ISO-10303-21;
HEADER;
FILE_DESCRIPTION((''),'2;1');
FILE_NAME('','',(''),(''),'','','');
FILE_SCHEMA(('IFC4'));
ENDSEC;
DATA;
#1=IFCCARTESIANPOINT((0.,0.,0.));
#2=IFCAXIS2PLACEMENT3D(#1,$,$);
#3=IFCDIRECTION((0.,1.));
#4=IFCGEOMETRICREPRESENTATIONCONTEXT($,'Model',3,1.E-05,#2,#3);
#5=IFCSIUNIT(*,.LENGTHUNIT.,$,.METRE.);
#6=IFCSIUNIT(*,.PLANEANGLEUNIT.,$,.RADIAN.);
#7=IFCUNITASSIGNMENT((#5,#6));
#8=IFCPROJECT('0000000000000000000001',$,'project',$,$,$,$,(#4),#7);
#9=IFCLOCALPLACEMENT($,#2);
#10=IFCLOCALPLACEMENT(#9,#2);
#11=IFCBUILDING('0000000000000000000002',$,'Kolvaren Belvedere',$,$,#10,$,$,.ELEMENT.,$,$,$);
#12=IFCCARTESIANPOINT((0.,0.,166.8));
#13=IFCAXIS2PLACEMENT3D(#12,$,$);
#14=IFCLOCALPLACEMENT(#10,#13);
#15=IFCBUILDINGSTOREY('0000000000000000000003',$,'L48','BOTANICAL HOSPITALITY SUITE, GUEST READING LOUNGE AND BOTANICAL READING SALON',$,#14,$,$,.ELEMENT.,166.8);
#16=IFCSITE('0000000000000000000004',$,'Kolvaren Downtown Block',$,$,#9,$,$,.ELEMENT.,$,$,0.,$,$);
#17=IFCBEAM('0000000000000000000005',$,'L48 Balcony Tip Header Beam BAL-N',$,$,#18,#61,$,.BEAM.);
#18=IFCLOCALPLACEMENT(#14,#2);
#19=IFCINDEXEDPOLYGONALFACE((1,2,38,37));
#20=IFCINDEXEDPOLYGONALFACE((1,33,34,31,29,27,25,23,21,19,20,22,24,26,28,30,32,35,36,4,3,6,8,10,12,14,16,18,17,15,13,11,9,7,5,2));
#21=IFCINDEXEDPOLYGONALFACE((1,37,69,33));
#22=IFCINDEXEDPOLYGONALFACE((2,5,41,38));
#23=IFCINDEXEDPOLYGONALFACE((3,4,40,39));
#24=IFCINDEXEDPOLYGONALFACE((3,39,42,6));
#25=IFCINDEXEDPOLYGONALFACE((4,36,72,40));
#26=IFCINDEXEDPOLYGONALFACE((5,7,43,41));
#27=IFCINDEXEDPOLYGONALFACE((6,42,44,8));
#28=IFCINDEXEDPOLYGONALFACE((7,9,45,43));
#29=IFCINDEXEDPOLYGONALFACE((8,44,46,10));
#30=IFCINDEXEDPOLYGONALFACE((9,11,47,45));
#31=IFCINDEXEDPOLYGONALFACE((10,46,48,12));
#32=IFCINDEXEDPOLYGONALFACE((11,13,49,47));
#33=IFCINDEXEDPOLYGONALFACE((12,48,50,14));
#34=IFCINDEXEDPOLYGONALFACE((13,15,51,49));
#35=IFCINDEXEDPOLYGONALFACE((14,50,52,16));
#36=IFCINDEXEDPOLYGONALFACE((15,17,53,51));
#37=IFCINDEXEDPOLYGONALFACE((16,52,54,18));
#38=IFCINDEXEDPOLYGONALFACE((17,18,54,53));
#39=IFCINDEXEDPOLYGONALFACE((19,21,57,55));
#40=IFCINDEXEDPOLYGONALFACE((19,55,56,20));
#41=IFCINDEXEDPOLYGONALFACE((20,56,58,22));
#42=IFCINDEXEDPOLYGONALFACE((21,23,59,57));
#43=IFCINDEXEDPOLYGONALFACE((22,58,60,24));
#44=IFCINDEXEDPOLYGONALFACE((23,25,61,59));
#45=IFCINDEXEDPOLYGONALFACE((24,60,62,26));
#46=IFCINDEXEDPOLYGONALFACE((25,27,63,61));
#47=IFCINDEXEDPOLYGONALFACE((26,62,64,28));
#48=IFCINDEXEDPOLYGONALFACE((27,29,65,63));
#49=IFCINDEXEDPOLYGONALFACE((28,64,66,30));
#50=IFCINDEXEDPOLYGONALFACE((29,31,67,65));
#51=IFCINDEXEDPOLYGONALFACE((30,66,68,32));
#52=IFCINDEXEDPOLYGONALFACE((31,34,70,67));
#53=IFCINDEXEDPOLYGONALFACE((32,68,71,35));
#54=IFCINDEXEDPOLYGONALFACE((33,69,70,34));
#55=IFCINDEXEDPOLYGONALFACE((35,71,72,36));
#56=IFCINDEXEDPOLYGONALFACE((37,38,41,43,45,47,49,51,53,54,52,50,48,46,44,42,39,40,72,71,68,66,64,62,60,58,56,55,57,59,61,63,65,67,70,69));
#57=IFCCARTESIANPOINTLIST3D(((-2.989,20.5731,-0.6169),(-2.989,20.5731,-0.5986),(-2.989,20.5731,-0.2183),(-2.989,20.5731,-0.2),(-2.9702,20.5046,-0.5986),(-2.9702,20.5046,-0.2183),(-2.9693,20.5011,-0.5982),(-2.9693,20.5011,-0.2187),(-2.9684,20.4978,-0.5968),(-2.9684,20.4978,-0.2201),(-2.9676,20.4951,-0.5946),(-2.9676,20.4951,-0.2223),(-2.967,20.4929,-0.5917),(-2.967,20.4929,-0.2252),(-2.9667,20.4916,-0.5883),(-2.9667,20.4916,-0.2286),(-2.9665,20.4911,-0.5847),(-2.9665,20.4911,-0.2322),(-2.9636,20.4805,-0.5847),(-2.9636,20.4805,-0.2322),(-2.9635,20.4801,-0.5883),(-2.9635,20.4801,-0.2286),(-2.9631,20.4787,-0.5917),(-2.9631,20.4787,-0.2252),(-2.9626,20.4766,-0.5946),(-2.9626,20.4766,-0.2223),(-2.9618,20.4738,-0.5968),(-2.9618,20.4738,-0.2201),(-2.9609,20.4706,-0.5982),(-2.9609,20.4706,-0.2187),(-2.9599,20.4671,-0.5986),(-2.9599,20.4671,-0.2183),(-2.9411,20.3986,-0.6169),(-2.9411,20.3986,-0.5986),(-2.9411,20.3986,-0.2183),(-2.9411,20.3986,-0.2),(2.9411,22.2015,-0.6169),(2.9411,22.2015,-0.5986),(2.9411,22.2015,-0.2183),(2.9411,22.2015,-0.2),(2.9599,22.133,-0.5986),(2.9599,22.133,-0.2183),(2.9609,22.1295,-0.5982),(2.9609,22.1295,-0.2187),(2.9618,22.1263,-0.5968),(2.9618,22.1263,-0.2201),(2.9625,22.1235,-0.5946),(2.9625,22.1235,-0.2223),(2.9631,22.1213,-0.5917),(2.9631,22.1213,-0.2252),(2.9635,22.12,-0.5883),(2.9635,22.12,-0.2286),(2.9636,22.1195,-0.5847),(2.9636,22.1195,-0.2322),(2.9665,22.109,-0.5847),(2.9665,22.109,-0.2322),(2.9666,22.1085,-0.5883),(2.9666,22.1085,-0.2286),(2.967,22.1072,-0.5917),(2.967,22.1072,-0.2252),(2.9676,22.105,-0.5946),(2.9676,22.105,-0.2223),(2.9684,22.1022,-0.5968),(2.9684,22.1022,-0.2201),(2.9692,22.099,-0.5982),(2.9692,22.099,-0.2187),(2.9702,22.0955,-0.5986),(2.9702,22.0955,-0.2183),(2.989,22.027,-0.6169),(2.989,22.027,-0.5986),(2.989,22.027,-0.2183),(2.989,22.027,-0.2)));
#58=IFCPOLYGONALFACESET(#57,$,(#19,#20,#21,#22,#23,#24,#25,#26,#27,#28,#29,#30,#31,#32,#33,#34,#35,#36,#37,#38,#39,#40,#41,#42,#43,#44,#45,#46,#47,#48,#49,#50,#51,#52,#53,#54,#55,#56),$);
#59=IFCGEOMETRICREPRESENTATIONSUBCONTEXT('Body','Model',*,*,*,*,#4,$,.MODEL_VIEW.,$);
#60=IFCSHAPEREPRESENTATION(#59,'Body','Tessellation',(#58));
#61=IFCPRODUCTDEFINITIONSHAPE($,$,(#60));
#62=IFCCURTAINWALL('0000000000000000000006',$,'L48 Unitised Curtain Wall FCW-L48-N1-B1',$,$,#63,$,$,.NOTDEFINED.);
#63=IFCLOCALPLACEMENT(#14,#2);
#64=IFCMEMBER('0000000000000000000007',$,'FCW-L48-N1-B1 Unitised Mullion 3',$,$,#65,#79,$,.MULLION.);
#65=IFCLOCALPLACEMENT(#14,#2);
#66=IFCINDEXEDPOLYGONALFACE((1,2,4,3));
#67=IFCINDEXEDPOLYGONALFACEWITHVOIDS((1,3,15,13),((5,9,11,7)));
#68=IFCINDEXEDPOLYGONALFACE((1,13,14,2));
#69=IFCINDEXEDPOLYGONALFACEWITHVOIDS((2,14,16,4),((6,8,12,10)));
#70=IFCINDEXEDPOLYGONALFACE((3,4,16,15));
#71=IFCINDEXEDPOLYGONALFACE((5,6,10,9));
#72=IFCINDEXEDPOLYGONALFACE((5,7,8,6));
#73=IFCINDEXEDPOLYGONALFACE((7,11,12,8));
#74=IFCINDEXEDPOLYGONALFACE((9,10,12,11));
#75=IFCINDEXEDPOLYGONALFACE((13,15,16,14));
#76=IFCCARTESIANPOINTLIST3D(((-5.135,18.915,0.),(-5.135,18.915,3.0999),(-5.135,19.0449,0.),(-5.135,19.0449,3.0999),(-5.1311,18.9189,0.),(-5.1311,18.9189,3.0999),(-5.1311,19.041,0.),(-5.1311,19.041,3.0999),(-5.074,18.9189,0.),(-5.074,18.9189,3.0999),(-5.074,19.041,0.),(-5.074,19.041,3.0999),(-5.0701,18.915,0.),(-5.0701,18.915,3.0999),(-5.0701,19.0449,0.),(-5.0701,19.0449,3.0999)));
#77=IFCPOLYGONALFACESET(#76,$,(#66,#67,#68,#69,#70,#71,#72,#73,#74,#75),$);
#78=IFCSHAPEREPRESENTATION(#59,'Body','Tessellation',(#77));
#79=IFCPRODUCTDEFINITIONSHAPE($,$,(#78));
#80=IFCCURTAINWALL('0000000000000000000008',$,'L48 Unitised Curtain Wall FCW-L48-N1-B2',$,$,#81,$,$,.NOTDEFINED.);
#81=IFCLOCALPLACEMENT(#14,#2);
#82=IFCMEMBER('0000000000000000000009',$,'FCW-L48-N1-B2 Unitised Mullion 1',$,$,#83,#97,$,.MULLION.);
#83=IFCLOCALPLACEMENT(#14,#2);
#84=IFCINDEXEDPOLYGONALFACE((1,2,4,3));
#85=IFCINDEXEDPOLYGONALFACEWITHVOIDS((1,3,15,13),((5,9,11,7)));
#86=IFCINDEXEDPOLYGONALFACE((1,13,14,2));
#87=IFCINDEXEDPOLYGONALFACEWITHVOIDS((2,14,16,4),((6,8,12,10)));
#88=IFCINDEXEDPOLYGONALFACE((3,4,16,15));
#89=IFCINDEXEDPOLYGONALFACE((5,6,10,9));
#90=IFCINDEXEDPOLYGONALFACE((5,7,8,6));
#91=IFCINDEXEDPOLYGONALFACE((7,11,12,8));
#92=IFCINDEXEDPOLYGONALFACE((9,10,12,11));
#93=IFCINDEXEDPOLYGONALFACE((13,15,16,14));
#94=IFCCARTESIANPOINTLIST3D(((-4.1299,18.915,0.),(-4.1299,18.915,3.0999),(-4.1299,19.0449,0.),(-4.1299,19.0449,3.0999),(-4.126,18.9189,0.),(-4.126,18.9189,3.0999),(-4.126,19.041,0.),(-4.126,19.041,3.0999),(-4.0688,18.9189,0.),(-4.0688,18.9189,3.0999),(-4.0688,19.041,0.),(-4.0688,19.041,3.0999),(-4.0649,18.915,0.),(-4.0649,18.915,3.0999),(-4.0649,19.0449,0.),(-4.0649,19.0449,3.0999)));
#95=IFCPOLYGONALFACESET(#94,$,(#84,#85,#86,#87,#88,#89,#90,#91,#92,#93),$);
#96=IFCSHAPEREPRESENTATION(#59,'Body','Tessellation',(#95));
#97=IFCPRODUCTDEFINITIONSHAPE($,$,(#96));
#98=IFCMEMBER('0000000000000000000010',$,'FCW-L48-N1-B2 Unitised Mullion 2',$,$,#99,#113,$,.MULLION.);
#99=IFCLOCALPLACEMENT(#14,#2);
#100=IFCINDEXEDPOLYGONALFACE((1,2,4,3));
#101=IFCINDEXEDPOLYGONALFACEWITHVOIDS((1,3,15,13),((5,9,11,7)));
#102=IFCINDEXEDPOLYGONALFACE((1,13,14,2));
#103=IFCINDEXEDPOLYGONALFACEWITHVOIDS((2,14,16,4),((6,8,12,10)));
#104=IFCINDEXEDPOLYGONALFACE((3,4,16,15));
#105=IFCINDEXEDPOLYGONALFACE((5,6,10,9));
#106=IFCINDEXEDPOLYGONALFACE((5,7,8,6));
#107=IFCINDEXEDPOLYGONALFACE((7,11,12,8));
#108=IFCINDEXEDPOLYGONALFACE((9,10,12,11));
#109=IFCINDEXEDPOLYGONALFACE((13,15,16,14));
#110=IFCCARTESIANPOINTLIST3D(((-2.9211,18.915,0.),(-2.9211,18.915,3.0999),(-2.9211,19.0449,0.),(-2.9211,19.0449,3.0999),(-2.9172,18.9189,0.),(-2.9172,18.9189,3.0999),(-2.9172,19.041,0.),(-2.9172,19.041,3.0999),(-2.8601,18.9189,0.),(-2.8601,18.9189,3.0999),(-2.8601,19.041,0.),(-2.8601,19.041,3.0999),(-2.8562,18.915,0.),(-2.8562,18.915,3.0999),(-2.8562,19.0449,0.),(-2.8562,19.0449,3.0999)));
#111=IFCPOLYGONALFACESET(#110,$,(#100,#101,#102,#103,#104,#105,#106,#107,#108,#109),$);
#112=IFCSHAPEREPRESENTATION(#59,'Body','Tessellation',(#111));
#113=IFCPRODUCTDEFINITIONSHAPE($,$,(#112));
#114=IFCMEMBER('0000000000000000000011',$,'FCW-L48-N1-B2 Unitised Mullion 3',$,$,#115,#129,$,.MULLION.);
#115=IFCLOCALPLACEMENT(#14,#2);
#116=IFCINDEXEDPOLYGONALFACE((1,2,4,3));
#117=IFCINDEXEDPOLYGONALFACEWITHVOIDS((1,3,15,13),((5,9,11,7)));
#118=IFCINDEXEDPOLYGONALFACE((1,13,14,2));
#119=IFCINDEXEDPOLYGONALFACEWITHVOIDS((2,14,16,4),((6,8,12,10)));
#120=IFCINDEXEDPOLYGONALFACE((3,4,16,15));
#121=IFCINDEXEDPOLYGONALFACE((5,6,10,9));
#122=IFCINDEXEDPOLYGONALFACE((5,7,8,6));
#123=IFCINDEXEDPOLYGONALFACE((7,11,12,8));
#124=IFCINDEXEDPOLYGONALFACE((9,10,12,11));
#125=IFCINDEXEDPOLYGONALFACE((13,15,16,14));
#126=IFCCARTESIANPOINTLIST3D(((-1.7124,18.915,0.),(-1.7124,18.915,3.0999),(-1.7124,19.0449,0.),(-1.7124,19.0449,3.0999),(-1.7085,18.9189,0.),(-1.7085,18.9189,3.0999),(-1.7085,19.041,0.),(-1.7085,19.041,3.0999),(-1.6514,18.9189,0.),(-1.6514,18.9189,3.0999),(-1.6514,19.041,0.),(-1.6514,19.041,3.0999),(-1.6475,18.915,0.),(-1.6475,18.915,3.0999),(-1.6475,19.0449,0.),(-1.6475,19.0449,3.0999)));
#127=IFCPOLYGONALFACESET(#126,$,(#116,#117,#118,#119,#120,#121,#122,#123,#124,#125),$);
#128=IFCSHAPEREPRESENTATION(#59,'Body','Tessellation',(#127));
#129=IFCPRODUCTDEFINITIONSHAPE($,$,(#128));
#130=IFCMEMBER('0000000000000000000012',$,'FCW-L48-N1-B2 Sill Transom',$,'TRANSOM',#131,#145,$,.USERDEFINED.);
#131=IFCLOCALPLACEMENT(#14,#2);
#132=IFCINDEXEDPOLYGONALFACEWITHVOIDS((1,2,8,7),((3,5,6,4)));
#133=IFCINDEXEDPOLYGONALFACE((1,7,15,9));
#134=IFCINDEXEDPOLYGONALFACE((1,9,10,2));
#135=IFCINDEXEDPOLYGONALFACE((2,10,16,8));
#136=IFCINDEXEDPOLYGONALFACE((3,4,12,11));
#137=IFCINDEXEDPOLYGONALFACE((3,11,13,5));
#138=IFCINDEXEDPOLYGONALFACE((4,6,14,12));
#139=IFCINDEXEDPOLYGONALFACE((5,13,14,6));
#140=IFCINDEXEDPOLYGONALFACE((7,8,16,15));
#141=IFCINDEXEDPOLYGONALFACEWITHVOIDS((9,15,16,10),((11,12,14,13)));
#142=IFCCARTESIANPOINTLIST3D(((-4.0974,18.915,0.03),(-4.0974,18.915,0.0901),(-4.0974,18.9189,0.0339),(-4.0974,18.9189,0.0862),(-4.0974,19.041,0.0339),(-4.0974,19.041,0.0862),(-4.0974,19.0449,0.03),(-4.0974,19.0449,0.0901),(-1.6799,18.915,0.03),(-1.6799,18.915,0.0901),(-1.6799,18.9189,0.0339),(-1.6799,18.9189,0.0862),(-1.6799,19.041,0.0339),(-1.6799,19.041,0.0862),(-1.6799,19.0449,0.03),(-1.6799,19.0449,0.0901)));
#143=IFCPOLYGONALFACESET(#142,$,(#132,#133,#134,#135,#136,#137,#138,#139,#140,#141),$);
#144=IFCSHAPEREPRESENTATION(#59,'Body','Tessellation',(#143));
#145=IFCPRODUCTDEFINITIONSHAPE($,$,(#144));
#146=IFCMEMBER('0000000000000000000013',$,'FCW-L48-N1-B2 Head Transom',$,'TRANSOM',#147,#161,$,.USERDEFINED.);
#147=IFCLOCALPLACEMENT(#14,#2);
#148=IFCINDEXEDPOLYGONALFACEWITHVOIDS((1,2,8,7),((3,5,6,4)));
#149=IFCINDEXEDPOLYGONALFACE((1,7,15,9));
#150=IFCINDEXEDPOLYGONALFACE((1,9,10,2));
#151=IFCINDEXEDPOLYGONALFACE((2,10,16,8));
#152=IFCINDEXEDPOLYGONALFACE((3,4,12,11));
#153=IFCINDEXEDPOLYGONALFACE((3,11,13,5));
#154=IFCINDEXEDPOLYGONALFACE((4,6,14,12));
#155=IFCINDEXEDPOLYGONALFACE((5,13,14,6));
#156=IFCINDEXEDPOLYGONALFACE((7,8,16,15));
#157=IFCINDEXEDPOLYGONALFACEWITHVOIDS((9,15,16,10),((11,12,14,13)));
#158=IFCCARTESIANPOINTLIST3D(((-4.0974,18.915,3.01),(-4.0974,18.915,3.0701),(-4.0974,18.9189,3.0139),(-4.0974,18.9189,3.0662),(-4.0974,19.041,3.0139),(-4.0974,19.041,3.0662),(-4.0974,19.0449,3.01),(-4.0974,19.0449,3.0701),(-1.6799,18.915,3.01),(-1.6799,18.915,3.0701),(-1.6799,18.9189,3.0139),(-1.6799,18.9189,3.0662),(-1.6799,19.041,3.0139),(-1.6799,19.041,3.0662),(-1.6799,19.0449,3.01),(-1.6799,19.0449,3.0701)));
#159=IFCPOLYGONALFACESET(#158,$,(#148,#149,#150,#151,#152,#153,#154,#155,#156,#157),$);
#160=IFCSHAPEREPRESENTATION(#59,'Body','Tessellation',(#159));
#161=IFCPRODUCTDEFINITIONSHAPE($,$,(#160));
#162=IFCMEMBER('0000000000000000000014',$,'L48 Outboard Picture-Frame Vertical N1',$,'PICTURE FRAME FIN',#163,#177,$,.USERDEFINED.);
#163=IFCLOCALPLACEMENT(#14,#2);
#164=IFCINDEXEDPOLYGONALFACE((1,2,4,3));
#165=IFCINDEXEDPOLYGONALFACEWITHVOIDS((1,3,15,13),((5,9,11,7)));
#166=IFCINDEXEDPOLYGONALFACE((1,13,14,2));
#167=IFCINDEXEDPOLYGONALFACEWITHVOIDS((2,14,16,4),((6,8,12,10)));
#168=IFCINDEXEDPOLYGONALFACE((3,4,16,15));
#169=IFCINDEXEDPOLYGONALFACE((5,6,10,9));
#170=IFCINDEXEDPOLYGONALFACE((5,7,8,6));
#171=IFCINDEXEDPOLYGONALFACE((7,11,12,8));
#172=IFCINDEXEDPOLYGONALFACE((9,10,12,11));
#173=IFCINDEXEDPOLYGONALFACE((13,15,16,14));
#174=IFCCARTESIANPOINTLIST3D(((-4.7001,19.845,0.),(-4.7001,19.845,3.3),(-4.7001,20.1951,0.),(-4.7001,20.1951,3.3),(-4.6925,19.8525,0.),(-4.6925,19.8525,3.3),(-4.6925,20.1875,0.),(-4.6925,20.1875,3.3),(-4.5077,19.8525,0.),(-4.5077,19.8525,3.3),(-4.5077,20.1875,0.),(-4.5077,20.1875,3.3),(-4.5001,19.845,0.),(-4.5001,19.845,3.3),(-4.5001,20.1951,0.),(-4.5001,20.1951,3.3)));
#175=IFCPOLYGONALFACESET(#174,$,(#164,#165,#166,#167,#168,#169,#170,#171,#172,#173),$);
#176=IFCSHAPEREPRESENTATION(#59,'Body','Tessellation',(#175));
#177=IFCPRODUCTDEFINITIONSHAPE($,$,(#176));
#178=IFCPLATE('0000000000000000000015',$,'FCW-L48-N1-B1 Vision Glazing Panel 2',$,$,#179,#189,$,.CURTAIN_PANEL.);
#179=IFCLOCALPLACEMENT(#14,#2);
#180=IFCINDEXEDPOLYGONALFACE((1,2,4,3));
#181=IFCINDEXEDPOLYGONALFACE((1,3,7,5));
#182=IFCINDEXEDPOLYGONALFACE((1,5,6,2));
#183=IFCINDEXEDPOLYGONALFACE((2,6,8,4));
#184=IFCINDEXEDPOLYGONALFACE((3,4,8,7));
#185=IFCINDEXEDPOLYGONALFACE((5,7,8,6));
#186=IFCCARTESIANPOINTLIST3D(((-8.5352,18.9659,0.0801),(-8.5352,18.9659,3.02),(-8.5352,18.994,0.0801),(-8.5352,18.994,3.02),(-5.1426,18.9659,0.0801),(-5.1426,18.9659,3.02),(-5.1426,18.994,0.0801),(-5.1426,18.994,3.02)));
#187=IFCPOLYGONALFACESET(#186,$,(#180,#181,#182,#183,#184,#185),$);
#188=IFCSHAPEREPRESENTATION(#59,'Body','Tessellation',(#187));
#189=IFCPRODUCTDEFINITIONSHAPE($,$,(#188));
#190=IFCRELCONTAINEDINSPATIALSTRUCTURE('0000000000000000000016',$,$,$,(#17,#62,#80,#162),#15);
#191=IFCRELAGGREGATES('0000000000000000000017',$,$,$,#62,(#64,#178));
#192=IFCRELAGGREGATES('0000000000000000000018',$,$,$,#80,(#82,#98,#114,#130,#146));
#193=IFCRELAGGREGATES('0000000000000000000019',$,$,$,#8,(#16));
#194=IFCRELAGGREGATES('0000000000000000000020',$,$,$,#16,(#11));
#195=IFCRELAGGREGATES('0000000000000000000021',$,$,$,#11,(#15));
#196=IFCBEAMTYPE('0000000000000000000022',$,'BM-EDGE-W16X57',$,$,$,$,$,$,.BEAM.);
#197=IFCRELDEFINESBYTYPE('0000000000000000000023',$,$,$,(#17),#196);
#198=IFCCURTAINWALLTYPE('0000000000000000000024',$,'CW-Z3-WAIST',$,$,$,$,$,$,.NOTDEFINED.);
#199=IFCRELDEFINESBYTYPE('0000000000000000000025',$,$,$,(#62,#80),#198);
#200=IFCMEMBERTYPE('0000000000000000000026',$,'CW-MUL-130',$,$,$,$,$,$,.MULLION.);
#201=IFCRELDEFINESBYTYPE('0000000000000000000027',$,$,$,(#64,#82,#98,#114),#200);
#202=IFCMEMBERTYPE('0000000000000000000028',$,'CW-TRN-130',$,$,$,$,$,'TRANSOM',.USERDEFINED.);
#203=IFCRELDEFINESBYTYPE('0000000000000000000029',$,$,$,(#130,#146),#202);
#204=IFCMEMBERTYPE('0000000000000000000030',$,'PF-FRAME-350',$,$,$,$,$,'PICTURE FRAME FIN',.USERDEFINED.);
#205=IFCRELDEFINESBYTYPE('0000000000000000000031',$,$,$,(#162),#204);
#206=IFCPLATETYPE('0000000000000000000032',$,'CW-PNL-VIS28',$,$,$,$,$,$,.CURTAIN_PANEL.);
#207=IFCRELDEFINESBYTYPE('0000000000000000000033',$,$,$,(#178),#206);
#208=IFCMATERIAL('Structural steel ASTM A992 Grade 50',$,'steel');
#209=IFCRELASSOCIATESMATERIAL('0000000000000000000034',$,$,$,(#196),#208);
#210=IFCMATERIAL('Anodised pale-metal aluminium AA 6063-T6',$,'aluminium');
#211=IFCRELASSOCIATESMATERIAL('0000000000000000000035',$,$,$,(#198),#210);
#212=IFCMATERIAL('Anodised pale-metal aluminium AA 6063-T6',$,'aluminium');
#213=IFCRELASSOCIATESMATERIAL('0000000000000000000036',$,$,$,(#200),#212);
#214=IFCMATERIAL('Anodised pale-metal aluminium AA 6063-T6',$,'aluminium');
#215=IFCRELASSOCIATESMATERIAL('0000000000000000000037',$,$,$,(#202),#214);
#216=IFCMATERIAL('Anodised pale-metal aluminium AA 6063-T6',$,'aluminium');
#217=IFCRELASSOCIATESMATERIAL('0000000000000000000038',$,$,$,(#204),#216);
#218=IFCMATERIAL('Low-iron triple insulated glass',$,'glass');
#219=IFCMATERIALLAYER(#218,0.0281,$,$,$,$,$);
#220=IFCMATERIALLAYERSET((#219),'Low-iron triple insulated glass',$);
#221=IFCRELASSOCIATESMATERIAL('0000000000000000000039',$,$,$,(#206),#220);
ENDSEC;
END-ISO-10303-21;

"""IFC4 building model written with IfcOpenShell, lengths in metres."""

from ifc_helpers import new_model, si_unit, direction, frame, origin, origin_2d, place, context, subcontext, project, spatial, rectangle, hollow_rectangle, i_section, extrude, material, layer, layer_set, material_profile, profile_set, type_object, element, aggregate, save


model = new_model("IFC4")

# Units and contexts
model_context = context("Model", 3, precision=1e-05, world=origin(), true_north=direction((0.0, 1.0)))
body_context = subcontext(model_context, "Body", "Model", "MODEL_VIEW")
ifc_project = project(units=[si_unit("LENGTHUNIT", "METRE"), si_unit("PLANEANGLEUNIT", "RADIAN")], contexts=[model_context])

# Site, building, storey
site_placement = place(None, origin())
site = spatial("IfcSite", under=ifc_project, at=site_placement, Name="Kolvaren Downtown Block", CompositionType="ELEMENT", RefElevation=0.0)
building_placement = place(site_placement, origin())
building = spatial("IfcBuilding", under=site, at=building_placement, Name="Kolvaren Belvedere", CompositionType="ELEMENT")
storey_placement = place(building_placement, frame((0.0, 0.0, 166.8)))
storey = spatial("IfcBuildingStorey", under=building, at=storey_placement, Name="L48", Description="BOTANICAL HOSPITALITY SUITE, GUEST READING LOUNGE AND BOTANICAL READING SALON", CompositionType="ELEMENT", Elevation=166.8)

# Beam
ifc_material_1 = material(Name="Structural steel ASTM A992 Grade 50", Category="steel")
ifc_material_profile_1 = material_profile(ifc_material_1, i_section(OverallWidth=0.1809, OverallDepth=0.417, WebThickness=0.011, FlangeThickness=0.0183, FilletRadius=0.0139, at=origin_2d()), Name="W16X57")
ifc_profile_set_1 = profile_set([ifc_material_profile_1], Name="Structural steel ASTM A992 Grade 50")
beam_type = type_object("IfcBeamType", Name="BM-EDGE-W16X57", PredefinedType="BEAM", material=ifc_profile_set_1)
beam_placement = place(storey_placement, frame((-2.9651, 20.4858, -0.4084), z_axis=(0.964304, 0.264797, 0.0), x_axis=(-0.264797, 0.964304, 0.0)))
element("IfcBeam", 1, at=beam_placement, inside=storey, type_object=beam_type, Name="L48 Balcony Tip Header Beam BAL-N", PredefinedType="BEAM", context=body_context, shape_type="SweptSolid", body=[
    extrude(i_section(OverallWidth=0.1809, OverallDepth=0.417, WebThickness=0.011, FlangeThickness=0.0183, FilletRadius=0.0139, at=origin_2d()), origin(), (0.0, 0.0, 1.0), 6.1497),
])

# Curtain wall, member
ifc_material_2 = material(Name="Anodised pale-metal aluminium AA 6063-T6", Category="aluminium")
curtain_wall_type = type_object("IfcCurtainWallType", Name="CW-Z3-WAIST", PredefinedType="NOTDEFINED", material=ifc_material_2)
curtain_wall_1_placement = place(storey_placement, origin())
curtain_wall_1 = element("IfcCurtainWall", 2, at=curtain_wall_1_placement, inside=storey, type_object=curtain_wall_type, Name="L48 Unitised Curtain Wall FCW-L48-N1-B1", PredefinedType="NOTDEFINED")
ifc_material_3 = material(Name="Anodised pale-metal aluminium AA 6063-T6", Category="aluminium")
ifc_material_profile_2 = material_profile(ifc_material_3, hollow_rectangle(XDim=0.0649, YDim=0.1299, WallThickness=0.0039, at=origin_2d()), Name="ALU-MUL-130X65")
ifc_profile_set_2 = profile_set([ifc_material_profile_2], Name="Anodised pale-metal aluminium AA 6063-T6")
member_type_1 = type_object("IfcMemberType", Name="CW-MUL-130", PredefinedType="MULLION", material=ifc_profile_set_2)
member_1_placement = place(storey_placement, frame((-5.1025, 18.98, 0.0), z_axis=(0.0, 0.0, 1.0), x_axis=(1.0, 0.0, 0.0)))
member_1 = element("IfcMember", 3, at=member_1_placement, type_object=member_type_1, Name="FCW-L48-N1-B1 Unitised Mullion 3", PredefinedType="MULLION", context=body_context, shape_type="SweptSolid", body=[
    extrude(hollow_rectangle(XDim=0.0649, YDim=0.1299, WallThickness=0.0039, at=origin_2d()), origin(), (0.0, 0.0, 1.0), 3.0999),
])

# Curtain wall, members
curtain_wall_2_placement = place(storey_placement, origin())
curtain_wall_2 = element("IfcCurtainWall", 4, at=curtain_wall_2_placement, inside=storey, type_object=curtain_wall_type, Name="L48 Unitised Curtain Wall FCW-L48-N1-B2", PredefinedType="NOTDEFINED")
member_2_placement = place(storey_placement, frame((-4.0974, 18.98, 0.0), z_axis=(0.0, 0.0, 1.0), x_axis=(1.0, 0.0, 0.0)))
member_2 = element("IfcMember", 5, at=member_2_placement, type_object=member_type_1, Name="FCW-L48-N1-B2 Unitised Mullion 1", PredefinedType="MULLION", context=body_context, shape_type="SweptSolid", body=[
    extrude(hollow_rectangle(XDim=0.0649, YDim=0.1299, WallThickness=0.0039, at=origin_2d()), origin(), (0.0, 0.0, 1.0), 3.0999),
])
member_3_placement = place(storey_placement, frame((-2.8887, 18.98, 0.0), z_axis=(0.0, 0.0, 1.0), x_axis=(1.0, 0.0, 0.0)))
member_3 = element("IfcMember", 6, at=member_3_placement, type_object=member_type_1, Name="FCW-L48-N1-B2 Unitised Mullion 2", PredefinedType="MULLION", context=body_context, shape_type="SweptSolid", body=[
    extrude(hollow_rectangle(XDim=0.0649, YDim=0.1299, WallThickness=0.0039, at=origin_2d()), origin(), (0.0, 0.0, 1.0), 3.0999),
])
member_4_placement = place(storey_placement, frame((-1.6799, 18.98, 0.0), z_axis=(0.0, 0.0, 1.0), x_axis=(1.0, 0.0, 0.0)))
member_4 = element("IfcMember", 7, at=member_4_placement, type_object=member_type_1, Name="FCW-L48-N1-B2 Unitised Mullion 3", PredefinedType="MULLION", context=body_context, shape_type="SweptSolid", body=[
    extrude(hollow_rectangle(XDim=0.0649, YDim=0.1299, WallThickness=0.0039, at=origin_2d()), origin(), (0.0, 0.0, 1.0), 3.0999),
])
ifc_material_4 = material(Name="Anodised pale-metal aluminium AA 6063-T6", Category="aluminium")
ifc_material_profile_3 = material_profile(ifc_material_4, hollow_rectangle(XDim=0.0601, YDim=0.1299, WallThickness=0.0039, at=origin_2d()), Name="ALU-TRN-130X60")
ifc_profile_set_3 = profile_set([ifc_material_profile_3], Name="Anodised pale-metal aluminium AA 6063-T6")
member_type_2 = type_object("IfcMemberType", Name="CW-TRN-130", ElementType="TRANSOM", PredefinedType="USERDEFINED", material=ifc_profile_set_3)
member_5_placement = place(storey_placement, frame((-4.0974, 18.98, 0.0601), z_axis=(1.0, 0.0, 0.0), x_axis=(0.0, 0.0, 1.0)))
member_5 = element("IfcMember", 8, at=member_5_placement, type_object=member_type_2, Name="FCW-L48-N1-B2 Sill Transom", ObjectType="TRANSOM", PredefinedType="USERDEFINED", context=body_context, shape_type="SweptSolid", body=[
    extrude(hollow_rectangle(XDim=0.0601, YDim=0.1299, WallThickness=0.0039, at=origin_2d()), origin(), (0.0, 0.0, 1.0), 2.4175),
])
member_6_placement = place(storey_placement, frame((-4.0974, 18.98, 3.04), z_axis=(1.0, 0.0, 0.0), x_axis=(0.0, 0.0, 1.0)))
member_6 = element("IfcMember", 9, at=member_6_placement, type_object=member_type_2, Name="FCW-L48-N1-B2 Head Transom", ObjectType="TRANSOM", PredefinedType="USERDEFINED", context=body_context, shape_type="SweptSolid", body=[
    extrude(hollow_rectangle(XDim=0.0601, YDim=0.1299, WallThickness=0.0039, at=origin_2d()), origin(), (0.0, 0.0, 1.0), 2.4175),
])

# Member
ifc_material_5 = material(Name="Anodised pale-metal aluminium AA 6063-T6", Category="aluminium")
ifc_material_profile_4 = material_profile(ifc_material_5, hollow_rectangle(XDim=0.2, YDim=0.3501, WallThickness=0.0076, at=origin_2d()), Name="ALU-PF-350X200")
ifc_profile_set_4 = profile_set([ifc_material_profile_4], Name="Anodised pale-metal aluminium AA 6063-T6")
member_type_3 = type_object("IfcMemberType", Name="PF-FRAME-350", ElementType="PICTURE FRAME FIN", PredefinedType="USERDEFINED", material=ifc_profile_set_4)
member_7_placement = place(storey_placement, frame((-4.6001, 20.02, 0.0), z_axis=(0.0, 0.0, 1.0), x_axis=(1.0, 0.0, 0.0)))
element("IfcMember", 10, at=member_7_placement, inside=storey, type_object=member_type_3, Name="L48 Outboard Picture-Frame Vertical N1", ObjectType="PICTURE FRAME FIN", PredefinedType="USERDEFINED", context=body_context, shape_type="SweptSolid", body=[
    extrude(hollow_rectangle(XDim=0.2, YDim=0.3501, WallThickness=0.0076, at=origin_2d()), origin(), (0.0, 0.0, 1.0), 3.3),
])

# Plate
ifc_material_6 = material(Name="Low-iron triple insulated glass", Category="glass")
ifc_layer_1 = layer(ifc_material_6, 0.0281)
ifc_layer_set_1 = layer_set([ifc_layer_1], Name="Low-iron triple insulated glass")
plate_type_1 = type_object("IfcPlateType", Name="CW-PNL-VIS28", PredefinedType="CURTAIN_PANEL", material=ifc_layer_set_1)
plate_1_placement = place(storey_placement, frame((-6.8389, 18.98, 0.0801), z_axis=(0.0, 0.0, 1.0), x_axis=(1.0, 0.0, 0.0)))
plate_1 = element("IfcPlate", 11, at=plate_1_placement, type_object=plate_type_1, Name="FCW-L48-N1-B1 Vision Glazing Panel 2", PredefinedType="CURTAIN_PANEL", context=body_context, shape_type="SweptSolid", body=[
    extrude(rectangle(XDim=3.3926, YDim=0.0281, at=origin_2d()), origin(), (0.0, 0.0, 1.0), 2.9399),
])
aggregate(curtain_wall_1, [member_1, plate_1])
aggregate(curtain_wall_2, [member_2, member_3, member_4, member_5, member_6])

save(model, "model.ifc")
